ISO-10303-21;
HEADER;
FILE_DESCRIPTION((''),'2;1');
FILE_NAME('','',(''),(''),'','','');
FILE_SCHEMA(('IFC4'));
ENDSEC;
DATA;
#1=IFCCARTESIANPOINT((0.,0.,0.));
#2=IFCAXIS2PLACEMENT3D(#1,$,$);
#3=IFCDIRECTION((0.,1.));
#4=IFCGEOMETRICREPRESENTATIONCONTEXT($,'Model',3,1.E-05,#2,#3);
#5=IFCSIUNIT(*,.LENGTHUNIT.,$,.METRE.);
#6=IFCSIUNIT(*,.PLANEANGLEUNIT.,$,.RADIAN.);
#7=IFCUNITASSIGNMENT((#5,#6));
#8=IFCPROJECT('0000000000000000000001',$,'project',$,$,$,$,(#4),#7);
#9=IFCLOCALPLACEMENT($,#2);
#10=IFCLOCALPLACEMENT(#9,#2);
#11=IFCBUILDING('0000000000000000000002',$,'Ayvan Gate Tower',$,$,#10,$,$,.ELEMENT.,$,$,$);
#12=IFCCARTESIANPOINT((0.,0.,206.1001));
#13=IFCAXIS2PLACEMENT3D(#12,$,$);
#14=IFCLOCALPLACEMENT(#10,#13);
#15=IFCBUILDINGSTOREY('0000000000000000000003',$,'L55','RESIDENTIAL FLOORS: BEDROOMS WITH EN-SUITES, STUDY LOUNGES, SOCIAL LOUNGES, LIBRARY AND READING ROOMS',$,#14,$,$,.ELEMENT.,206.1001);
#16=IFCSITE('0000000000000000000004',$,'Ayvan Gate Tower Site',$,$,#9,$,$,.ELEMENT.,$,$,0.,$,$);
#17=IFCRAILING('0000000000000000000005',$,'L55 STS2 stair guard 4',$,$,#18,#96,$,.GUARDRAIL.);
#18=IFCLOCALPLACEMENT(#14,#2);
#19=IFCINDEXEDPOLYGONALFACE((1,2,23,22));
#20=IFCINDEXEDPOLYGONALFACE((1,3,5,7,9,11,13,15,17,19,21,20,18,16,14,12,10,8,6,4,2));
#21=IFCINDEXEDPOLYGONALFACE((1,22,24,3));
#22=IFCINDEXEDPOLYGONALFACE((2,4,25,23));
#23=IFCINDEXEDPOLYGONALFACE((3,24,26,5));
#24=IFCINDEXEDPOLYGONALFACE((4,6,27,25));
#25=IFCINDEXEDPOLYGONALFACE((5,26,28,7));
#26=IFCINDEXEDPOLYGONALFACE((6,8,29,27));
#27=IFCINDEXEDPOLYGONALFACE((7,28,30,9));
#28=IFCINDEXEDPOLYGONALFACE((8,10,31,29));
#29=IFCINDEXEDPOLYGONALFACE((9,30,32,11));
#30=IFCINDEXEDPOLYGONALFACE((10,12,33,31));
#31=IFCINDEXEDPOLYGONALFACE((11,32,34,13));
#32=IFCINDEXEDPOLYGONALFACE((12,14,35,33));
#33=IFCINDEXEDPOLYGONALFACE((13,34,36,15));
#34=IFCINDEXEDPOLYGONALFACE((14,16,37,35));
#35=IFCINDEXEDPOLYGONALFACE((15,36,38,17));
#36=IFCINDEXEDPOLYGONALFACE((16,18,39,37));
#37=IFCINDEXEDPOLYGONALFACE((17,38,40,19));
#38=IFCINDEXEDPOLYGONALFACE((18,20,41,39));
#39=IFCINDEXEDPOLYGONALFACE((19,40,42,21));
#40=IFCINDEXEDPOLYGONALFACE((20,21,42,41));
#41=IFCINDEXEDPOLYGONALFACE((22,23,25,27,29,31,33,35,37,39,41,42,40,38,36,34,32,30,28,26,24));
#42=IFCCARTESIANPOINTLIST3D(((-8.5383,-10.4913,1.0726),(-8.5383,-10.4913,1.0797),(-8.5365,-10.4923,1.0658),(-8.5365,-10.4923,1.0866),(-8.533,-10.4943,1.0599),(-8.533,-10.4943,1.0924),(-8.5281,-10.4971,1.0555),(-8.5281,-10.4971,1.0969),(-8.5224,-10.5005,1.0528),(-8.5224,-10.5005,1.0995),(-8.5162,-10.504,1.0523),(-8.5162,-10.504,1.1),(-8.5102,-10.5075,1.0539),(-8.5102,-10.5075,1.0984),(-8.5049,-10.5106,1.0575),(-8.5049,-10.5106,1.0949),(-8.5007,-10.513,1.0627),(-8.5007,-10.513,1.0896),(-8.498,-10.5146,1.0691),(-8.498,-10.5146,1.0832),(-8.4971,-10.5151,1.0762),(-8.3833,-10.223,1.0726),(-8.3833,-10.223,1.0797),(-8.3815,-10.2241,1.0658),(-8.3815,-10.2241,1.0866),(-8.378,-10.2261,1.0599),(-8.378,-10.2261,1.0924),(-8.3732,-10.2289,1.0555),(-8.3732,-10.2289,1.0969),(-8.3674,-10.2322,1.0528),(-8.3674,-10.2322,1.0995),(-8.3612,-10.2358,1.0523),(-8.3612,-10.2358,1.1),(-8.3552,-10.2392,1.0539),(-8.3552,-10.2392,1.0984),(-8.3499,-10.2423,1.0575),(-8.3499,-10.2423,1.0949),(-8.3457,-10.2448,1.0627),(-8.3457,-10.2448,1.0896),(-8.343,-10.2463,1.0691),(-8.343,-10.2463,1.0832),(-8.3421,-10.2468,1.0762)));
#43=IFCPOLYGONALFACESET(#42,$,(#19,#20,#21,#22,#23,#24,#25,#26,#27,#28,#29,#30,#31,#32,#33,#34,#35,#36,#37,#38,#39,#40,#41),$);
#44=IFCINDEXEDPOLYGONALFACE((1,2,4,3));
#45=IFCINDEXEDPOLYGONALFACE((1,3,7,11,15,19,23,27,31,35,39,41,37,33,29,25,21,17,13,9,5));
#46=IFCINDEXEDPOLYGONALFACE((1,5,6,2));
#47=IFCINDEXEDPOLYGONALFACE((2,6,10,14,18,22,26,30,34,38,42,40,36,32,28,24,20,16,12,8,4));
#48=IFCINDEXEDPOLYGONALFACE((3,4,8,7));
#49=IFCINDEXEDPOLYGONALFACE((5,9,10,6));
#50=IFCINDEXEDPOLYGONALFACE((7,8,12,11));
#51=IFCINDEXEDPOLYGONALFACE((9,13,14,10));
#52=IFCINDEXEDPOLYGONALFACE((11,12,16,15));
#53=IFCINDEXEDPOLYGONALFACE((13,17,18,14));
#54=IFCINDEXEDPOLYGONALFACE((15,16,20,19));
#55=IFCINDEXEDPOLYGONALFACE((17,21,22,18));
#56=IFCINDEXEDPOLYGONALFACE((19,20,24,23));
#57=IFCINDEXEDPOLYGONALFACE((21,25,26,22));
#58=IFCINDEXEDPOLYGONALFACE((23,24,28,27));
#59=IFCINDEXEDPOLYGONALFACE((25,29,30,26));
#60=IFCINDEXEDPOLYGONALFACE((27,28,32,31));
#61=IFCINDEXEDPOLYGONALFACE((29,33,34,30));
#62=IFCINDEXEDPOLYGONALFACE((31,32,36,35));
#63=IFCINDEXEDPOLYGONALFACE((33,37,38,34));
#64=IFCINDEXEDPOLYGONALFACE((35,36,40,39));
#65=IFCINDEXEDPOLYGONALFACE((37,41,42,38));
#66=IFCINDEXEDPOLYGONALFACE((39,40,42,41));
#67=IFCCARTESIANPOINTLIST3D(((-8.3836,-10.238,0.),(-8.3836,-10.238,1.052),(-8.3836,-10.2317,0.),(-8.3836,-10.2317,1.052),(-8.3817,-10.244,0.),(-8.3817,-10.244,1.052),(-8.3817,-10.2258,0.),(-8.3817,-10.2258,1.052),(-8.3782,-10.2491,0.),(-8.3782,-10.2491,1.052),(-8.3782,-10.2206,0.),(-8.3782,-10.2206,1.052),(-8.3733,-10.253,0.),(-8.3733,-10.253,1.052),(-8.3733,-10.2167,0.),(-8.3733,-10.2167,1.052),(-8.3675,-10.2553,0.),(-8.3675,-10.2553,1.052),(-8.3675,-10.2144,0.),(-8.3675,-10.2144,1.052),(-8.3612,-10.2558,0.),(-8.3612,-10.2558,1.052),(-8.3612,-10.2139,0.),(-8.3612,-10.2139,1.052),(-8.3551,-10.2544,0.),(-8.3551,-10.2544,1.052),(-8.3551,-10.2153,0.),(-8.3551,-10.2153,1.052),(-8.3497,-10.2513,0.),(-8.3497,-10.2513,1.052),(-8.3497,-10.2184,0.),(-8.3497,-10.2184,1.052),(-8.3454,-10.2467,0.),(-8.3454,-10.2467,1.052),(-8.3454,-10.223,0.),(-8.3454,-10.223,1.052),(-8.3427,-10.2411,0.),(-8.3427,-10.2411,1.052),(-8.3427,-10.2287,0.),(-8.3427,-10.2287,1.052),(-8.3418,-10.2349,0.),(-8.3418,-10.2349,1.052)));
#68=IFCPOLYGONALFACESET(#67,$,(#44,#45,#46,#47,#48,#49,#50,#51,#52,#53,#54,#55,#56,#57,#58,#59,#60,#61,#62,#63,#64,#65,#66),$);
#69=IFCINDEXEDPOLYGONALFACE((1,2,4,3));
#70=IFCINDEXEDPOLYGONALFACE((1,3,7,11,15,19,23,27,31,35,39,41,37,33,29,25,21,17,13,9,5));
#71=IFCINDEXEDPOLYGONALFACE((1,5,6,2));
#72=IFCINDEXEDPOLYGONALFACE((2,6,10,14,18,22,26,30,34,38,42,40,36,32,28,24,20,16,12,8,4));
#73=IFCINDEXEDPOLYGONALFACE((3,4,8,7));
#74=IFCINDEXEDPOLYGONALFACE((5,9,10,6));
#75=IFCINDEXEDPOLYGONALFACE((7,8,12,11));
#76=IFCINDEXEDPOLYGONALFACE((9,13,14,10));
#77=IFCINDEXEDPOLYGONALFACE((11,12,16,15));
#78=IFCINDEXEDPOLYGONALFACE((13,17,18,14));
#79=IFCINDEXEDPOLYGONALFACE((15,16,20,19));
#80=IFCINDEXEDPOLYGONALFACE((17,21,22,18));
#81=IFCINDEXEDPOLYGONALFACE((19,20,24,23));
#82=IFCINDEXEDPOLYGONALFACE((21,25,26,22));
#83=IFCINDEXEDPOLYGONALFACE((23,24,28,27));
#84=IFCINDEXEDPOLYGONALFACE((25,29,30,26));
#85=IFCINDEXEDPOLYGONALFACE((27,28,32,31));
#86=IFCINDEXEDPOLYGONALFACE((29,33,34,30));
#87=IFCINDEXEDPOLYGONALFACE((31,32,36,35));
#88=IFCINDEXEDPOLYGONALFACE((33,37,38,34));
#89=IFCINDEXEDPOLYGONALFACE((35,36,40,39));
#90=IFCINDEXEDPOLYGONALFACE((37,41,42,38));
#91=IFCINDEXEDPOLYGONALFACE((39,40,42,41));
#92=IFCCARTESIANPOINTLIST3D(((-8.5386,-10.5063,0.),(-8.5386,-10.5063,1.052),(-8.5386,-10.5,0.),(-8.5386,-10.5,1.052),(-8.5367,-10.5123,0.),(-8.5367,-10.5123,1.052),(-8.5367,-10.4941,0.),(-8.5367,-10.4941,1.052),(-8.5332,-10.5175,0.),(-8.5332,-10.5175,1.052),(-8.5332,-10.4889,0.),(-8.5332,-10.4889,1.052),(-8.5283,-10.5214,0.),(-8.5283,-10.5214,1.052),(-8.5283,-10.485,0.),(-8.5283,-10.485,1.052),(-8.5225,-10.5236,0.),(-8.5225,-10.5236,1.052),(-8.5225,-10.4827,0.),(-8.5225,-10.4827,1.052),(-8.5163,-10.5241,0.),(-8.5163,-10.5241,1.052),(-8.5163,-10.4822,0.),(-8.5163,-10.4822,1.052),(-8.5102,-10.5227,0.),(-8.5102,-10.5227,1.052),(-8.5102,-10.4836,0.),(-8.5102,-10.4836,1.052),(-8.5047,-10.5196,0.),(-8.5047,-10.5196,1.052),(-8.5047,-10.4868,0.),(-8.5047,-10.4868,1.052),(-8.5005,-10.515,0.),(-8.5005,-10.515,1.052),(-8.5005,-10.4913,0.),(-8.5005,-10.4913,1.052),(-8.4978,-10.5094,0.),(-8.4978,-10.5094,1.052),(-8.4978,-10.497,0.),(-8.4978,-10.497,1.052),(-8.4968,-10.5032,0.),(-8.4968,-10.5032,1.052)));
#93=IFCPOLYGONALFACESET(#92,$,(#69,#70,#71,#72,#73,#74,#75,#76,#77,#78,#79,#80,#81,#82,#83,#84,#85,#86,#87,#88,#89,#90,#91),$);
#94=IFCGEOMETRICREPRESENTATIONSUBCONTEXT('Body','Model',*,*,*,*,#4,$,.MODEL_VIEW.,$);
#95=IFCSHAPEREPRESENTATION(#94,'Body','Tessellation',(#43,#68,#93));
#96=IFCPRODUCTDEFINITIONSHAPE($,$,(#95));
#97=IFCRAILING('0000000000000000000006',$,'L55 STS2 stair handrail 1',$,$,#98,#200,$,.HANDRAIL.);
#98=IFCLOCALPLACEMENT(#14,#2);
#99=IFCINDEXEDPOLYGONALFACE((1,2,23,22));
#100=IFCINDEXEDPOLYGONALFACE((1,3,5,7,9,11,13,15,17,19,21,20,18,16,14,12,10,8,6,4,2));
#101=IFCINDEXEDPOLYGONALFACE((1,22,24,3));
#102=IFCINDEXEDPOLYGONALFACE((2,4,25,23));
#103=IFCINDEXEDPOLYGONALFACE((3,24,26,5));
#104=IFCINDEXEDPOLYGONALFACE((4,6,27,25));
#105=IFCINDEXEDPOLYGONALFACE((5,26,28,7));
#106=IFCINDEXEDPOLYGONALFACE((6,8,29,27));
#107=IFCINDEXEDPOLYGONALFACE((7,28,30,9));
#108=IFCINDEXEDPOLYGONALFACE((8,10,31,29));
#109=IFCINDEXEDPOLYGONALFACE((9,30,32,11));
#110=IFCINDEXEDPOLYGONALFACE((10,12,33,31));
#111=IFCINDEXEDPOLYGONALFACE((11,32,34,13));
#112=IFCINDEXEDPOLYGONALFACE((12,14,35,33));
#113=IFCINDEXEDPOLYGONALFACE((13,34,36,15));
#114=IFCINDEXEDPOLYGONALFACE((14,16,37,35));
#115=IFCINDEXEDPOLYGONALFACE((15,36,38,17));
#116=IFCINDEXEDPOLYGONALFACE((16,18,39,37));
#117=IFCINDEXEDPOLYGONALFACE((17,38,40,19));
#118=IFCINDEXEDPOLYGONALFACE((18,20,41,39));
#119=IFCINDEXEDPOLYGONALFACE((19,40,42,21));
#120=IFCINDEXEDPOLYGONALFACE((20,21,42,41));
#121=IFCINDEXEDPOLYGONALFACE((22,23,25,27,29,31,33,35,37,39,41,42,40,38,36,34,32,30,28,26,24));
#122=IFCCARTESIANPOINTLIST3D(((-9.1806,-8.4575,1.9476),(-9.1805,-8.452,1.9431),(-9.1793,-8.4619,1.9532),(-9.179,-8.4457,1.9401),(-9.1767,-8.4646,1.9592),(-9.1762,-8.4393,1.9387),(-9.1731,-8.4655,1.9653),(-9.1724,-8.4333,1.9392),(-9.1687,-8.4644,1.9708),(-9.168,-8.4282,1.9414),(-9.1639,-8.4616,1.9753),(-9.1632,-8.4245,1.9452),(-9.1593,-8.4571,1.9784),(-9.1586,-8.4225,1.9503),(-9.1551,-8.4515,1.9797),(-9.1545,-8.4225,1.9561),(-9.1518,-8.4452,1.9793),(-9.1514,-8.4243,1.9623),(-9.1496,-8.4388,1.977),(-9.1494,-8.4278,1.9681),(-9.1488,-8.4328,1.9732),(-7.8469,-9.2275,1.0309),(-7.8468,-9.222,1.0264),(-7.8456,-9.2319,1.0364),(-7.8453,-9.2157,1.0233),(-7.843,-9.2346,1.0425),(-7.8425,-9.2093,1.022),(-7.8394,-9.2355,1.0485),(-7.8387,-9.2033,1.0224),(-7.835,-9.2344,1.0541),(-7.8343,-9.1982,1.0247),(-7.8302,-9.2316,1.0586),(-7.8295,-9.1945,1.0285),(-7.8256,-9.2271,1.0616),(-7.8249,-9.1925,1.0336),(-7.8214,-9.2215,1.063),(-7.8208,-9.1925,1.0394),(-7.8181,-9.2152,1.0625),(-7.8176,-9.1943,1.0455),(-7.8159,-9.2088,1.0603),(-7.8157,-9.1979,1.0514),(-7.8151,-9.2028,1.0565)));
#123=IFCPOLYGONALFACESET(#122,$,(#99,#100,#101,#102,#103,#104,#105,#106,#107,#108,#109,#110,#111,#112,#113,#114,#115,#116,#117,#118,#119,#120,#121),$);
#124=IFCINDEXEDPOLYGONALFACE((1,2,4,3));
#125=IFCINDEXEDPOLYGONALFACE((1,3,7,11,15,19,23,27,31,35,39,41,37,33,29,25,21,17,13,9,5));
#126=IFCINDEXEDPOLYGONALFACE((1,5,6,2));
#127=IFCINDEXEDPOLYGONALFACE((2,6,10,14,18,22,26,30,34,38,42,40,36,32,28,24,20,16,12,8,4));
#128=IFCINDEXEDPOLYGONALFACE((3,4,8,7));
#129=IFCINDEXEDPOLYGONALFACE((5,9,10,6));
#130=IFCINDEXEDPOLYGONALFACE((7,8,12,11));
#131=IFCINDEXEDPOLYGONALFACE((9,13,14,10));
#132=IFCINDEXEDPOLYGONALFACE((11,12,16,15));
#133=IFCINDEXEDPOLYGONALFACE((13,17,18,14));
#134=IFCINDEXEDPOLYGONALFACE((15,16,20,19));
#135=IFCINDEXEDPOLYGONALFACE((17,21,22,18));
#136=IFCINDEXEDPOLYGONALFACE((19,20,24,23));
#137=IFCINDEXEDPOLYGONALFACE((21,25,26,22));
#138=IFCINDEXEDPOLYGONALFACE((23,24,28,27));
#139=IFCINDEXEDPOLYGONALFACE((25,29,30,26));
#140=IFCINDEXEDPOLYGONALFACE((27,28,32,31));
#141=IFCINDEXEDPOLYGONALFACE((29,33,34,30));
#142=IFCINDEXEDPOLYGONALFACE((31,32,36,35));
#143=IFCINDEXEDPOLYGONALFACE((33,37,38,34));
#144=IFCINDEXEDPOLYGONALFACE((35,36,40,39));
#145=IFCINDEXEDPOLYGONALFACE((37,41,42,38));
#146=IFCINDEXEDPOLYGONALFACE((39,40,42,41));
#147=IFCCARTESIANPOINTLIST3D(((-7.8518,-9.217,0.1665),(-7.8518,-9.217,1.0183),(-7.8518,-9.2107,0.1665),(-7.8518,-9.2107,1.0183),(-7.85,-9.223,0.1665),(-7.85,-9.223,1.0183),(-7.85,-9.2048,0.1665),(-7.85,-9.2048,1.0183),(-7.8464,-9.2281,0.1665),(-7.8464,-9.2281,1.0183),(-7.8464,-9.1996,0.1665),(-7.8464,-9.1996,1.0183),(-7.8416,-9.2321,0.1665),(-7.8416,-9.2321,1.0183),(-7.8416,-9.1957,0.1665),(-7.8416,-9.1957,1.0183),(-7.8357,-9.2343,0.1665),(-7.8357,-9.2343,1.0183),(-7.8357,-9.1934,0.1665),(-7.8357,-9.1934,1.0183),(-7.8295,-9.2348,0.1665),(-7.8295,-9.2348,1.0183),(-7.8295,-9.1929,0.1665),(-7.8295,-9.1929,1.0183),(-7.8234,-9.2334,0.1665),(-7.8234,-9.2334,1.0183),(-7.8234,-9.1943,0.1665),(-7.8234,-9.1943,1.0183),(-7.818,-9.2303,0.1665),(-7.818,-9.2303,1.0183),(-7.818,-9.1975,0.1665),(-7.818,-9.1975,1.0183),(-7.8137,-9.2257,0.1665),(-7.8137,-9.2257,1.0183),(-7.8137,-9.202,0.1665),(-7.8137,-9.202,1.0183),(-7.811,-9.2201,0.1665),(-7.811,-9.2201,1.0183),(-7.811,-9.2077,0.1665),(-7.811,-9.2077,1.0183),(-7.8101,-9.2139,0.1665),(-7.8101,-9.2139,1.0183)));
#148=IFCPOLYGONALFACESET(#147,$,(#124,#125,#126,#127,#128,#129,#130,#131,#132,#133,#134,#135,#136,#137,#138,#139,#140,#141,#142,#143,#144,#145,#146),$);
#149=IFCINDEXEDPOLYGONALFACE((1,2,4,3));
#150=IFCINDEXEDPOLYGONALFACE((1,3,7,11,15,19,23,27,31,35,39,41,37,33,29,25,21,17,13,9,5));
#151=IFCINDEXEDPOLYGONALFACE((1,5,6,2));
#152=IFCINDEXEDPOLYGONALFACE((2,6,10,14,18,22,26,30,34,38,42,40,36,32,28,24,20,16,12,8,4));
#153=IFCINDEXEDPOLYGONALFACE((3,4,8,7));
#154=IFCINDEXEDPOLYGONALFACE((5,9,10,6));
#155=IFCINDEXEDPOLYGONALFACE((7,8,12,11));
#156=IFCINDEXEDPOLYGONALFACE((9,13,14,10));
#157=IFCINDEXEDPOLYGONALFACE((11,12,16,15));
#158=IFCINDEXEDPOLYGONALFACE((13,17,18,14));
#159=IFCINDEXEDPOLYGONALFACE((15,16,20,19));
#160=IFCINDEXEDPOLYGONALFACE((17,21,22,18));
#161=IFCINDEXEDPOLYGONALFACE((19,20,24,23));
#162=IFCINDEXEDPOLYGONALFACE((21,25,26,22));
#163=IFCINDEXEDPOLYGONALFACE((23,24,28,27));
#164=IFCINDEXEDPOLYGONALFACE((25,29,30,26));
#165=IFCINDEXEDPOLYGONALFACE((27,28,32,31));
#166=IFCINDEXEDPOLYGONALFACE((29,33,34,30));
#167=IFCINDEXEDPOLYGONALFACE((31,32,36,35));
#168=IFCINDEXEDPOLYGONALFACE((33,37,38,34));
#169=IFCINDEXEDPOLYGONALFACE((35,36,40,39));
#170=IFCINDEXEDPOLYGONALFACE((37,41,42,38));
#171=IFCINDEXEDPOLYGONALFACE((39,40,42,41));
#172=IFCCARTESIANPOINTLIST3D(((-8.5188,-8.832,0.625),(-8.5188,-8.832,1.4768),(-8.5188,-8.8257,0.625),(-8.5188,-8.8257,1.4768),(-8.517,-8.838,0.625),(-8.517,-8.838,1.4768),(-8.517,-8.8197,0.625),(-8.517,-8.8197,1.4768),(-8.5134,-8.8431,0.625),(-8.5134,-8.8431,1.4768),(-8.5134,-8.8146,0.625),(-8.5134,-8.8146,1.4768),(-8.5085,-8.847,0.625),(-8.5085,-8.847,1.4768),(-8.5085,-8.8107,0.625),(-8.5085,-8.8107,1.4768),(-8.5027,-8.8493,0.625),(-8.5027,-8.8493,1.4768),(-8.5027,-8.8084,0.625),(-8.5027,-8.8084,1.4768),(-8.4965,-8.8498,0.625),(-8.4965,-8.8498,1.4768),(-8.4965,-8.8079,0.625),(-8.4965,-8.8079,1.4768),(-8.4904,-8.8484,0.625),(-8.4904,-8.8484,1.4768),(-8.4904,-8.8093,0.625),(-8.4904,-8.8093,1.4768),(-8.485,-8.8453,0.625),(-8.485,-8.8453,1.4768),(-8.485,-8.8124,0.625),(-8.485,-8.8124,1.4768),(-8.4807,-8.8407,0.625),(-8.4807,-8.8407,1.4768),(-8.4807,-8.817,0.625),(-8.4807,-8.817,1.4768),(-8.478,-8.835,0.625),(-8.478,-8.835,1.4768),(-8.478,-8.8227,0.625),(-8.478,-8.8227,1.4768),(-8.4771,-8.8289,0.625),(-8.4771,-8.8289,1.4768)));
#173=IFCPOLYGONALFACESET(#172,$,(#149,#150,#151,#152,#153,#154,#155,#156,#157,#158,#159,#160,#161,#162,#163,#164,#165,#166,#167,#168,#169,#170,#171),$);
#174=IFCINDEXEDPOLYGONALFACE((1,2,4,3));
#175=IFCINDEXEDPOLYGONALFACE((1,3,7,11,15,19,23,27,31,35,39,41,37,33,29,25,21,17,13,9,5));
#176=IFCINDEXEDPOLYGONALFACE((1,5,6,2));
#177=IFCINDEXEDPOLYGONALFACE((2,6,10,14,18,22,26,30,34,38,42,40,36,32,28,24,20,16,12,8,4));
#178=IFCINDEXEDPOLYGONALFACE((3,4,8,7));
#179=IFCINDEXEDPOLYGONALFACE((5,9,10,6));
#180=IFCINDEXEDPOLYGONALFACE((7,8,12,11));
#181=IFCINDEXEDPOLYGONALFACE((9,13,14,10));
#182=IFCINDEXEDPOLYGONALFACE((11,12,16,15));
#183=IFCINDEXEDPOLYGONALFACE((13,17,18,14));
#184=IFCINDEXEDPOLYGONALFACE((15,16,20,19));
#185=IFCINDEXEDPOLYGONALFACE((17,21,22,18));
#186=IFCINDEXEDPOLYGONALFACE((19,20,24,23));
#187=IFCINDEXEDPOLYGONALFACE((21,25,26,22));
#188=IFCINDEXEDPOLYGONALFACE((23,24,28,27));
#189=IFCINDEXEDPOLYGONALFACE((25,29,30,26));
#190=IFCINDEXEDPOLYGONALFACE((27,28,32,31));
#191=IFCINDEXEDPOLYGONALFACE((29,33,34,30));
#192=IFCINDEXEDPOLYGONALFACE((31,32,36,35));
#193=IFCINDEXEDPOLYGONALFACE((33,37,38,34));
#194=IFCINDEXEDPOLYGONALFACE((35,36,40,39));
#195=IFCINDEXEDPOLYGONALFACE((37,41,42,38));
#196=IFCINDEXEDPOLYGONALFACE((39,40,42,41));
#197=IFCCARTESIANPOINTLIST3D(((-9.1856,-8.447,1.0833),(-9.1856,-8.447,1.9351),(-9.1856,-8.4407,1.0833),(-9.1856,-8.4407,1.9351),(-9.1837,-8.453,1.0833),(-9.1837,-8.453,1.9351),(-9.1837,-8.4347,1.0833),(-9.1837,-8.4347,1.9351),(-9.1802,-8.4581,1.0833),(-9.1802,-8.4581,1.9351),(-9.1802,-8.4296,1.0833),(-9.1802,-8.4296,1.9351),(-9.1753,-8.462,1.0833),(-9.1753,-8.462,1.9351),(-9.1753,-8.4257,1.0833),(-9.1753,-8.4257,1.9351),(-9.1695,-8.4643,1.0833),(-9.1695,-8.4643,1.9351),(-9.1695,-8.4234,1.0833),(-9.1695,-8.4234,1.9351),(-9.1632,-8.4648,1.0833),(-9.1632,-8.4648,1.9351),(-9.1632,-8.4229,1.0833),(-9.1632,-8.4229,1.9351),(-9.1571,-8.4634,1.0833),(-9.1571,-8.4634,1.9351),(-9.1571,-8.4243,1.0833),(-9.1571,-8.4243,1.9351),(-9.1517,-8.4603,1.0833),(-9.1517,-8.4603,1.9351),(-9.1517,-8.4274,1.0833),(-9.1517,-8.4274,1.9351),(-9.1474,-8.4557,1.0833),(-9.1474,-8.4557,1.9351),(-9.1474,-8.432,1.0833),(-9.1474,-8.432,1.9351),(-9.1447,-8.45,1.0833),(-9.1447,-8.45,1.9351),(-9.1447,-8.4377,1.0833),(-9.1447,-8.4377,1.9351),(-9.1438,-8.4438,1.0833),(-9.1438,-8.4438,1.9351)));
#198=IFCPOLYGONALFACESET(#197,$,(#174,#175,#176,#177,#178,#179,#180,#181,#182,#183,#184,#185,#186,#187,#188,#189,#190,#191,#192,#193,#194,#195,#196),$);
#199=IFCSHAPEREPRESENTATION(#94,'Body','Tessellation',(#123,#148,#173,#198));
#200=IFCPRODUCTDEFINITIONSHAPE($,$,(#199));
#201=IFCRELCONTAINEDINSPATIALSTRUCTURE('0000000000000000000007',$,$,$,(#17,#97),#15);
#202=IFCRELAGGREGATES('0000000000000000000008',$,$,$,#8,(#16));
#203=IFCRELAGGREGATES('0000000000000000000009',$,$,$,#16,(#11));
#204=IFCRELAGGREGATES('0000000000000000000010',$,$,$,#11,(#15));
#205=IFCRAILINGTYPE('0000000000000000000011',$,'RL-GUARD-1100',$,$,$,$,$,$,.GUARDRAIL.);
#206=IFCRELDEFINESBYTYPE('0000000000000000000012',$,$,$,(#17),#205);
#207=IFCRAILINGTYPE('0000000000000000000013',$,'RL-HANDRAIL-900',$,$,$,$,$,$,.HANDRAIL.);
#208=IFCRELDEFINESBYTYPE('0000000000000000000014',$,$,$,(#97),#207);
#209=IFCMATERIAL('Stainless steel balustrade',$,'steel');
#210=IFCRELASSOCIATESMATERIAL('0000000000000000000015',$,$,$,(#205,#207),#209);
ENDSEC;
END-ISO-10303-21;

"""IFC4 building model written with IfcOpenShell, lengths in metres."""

from ifc_helpers import new_model, si_unit, direction, frame, origin, origin_2d, place, context, subcontext, project, spatial, circle, extrude, material, type_object, element, save


model = new_model("IFC4")

# Units and contexts
model_context = context("Model", 3, precision=1e-05, world=origin(), true_north=direction((0.0, 1.0)))
body_context = subcontext(model_context, "Body", "Model", "MODEL_VIEW")
ifc_project = project(units=[si_unit("LENGTHUNIT", "METRE"), si_unit("PLANEANGLEUNIT", "RADIAN")], contexts=[model_context])

# Site, building, storey
site_placement = place(None, origin())
site = spatial("IfcSite", under=ifc_project, at=site_placement, Name="Ayvan Gate Tower Site", CompositionType="ELEMENT", RefElevation=0.0)
building_placement = place(site_placement, origin())
building = spatial("IfcBuilding", under=site, at=building_placement, Name="Ayvan Gate Tower", CompositionType="ELEMENT")
storey_placement = place(building_placement, frame((0.0, 0.0, 206.1001)))
storey = spatial("IfcBuildingStorey", under=building, at=storey_placement, Name="L55", Description="RESIDENTIAL FLOORS: BEDROOMS WITH EN-SUITES, STUDY LOUNGES, SOCIAL LOUNGES, LIBRARY AND READING ROOMS", CompositionType="ELEMENT", Elevation=206.1001)

# Railings
ifc_material_1 = material(Name="Stainless steel balustrade", Category="steel")
railing_type_1 = type_object("IfcRailingType", Name="RL-GUARD-1100", PredefinedType="GUARDRAIL", material=ifc_material_1)
railing_1_placement = place(storey_placement, frame((-8.3628, -10.2349, 0.0)))
element("IfcRailing", 1, at=railing_1_placement, inside=storey, type_object=railing_type_1, Name="L55 STS2 stair guard 4", PredefinedType="GUARDRAIL", context=body_context, shape_type="SweptSolid", body=[
    extrude(circle(Radius=0.0239, at=origin_2d()), frame((0.0, 0.0, 1.0762), z_axis=(-0.500291, -0.865857, 0.0), x_axis=(0.865857, -0.500291, 0.0)), (0.0, 0.0, 1.0), 0.3098),
    extrude(circle(Radius=0.021, at=origin_2d()), origin(), (0.0, 0.0, 1.0), 1.052),
    extrude(circle(Radius=0.021, at=origin_2d()), frame((-0.155, -0.2683, 0.0)), (0.0, 0.0, 1.0), 1.052),
])
railing_type_2 = type_object("IfcRailingType", Name="RL-HANDRAIL-900", PredefinedType="HANDRAIL", material=ifc_material_1)
for number, where, name in (
    (2, (-7.8311, -9.2139, 0.1665), "L55 STS2 stair handrail 1"),
):
    element("IfcRailing", number, at=place(storey_placement, frame(where)), inside=storey, type_object=railing_type_2, Name=name, PredefinedType="HANDRAIL", context=body_context, shape_type="SweptSolid", body=[
        extrude(circle(Radius=0.0239, at=origin_2d()), frame((0.0, 0.0, 0.876), z_axis=(-0.744164, 0.429634, 0.511502), x_axis=(-0.499992, -0.86603, 0.0)), (0.0, 0.0, 1.0), 1.7922),
        extrude(circle(Radius=0.021, at=origin_2d()), origin(), (0.0, 0.0, 1.0), 0.8518),
        extrude(circle(Radius=0.021, at=origin_2d()), frame((-0.667, 0.385, 0.4585)), (0.0, 0.0, 1.0), 0.8518),
        extrude(circle(Radius=0.021, at=origin_2d()), frame((-1.3337, 0.77, 0.9167)), (0.0, 0.0, 1.0), 0.8518),
    ])

save(model, "model.ifc")
